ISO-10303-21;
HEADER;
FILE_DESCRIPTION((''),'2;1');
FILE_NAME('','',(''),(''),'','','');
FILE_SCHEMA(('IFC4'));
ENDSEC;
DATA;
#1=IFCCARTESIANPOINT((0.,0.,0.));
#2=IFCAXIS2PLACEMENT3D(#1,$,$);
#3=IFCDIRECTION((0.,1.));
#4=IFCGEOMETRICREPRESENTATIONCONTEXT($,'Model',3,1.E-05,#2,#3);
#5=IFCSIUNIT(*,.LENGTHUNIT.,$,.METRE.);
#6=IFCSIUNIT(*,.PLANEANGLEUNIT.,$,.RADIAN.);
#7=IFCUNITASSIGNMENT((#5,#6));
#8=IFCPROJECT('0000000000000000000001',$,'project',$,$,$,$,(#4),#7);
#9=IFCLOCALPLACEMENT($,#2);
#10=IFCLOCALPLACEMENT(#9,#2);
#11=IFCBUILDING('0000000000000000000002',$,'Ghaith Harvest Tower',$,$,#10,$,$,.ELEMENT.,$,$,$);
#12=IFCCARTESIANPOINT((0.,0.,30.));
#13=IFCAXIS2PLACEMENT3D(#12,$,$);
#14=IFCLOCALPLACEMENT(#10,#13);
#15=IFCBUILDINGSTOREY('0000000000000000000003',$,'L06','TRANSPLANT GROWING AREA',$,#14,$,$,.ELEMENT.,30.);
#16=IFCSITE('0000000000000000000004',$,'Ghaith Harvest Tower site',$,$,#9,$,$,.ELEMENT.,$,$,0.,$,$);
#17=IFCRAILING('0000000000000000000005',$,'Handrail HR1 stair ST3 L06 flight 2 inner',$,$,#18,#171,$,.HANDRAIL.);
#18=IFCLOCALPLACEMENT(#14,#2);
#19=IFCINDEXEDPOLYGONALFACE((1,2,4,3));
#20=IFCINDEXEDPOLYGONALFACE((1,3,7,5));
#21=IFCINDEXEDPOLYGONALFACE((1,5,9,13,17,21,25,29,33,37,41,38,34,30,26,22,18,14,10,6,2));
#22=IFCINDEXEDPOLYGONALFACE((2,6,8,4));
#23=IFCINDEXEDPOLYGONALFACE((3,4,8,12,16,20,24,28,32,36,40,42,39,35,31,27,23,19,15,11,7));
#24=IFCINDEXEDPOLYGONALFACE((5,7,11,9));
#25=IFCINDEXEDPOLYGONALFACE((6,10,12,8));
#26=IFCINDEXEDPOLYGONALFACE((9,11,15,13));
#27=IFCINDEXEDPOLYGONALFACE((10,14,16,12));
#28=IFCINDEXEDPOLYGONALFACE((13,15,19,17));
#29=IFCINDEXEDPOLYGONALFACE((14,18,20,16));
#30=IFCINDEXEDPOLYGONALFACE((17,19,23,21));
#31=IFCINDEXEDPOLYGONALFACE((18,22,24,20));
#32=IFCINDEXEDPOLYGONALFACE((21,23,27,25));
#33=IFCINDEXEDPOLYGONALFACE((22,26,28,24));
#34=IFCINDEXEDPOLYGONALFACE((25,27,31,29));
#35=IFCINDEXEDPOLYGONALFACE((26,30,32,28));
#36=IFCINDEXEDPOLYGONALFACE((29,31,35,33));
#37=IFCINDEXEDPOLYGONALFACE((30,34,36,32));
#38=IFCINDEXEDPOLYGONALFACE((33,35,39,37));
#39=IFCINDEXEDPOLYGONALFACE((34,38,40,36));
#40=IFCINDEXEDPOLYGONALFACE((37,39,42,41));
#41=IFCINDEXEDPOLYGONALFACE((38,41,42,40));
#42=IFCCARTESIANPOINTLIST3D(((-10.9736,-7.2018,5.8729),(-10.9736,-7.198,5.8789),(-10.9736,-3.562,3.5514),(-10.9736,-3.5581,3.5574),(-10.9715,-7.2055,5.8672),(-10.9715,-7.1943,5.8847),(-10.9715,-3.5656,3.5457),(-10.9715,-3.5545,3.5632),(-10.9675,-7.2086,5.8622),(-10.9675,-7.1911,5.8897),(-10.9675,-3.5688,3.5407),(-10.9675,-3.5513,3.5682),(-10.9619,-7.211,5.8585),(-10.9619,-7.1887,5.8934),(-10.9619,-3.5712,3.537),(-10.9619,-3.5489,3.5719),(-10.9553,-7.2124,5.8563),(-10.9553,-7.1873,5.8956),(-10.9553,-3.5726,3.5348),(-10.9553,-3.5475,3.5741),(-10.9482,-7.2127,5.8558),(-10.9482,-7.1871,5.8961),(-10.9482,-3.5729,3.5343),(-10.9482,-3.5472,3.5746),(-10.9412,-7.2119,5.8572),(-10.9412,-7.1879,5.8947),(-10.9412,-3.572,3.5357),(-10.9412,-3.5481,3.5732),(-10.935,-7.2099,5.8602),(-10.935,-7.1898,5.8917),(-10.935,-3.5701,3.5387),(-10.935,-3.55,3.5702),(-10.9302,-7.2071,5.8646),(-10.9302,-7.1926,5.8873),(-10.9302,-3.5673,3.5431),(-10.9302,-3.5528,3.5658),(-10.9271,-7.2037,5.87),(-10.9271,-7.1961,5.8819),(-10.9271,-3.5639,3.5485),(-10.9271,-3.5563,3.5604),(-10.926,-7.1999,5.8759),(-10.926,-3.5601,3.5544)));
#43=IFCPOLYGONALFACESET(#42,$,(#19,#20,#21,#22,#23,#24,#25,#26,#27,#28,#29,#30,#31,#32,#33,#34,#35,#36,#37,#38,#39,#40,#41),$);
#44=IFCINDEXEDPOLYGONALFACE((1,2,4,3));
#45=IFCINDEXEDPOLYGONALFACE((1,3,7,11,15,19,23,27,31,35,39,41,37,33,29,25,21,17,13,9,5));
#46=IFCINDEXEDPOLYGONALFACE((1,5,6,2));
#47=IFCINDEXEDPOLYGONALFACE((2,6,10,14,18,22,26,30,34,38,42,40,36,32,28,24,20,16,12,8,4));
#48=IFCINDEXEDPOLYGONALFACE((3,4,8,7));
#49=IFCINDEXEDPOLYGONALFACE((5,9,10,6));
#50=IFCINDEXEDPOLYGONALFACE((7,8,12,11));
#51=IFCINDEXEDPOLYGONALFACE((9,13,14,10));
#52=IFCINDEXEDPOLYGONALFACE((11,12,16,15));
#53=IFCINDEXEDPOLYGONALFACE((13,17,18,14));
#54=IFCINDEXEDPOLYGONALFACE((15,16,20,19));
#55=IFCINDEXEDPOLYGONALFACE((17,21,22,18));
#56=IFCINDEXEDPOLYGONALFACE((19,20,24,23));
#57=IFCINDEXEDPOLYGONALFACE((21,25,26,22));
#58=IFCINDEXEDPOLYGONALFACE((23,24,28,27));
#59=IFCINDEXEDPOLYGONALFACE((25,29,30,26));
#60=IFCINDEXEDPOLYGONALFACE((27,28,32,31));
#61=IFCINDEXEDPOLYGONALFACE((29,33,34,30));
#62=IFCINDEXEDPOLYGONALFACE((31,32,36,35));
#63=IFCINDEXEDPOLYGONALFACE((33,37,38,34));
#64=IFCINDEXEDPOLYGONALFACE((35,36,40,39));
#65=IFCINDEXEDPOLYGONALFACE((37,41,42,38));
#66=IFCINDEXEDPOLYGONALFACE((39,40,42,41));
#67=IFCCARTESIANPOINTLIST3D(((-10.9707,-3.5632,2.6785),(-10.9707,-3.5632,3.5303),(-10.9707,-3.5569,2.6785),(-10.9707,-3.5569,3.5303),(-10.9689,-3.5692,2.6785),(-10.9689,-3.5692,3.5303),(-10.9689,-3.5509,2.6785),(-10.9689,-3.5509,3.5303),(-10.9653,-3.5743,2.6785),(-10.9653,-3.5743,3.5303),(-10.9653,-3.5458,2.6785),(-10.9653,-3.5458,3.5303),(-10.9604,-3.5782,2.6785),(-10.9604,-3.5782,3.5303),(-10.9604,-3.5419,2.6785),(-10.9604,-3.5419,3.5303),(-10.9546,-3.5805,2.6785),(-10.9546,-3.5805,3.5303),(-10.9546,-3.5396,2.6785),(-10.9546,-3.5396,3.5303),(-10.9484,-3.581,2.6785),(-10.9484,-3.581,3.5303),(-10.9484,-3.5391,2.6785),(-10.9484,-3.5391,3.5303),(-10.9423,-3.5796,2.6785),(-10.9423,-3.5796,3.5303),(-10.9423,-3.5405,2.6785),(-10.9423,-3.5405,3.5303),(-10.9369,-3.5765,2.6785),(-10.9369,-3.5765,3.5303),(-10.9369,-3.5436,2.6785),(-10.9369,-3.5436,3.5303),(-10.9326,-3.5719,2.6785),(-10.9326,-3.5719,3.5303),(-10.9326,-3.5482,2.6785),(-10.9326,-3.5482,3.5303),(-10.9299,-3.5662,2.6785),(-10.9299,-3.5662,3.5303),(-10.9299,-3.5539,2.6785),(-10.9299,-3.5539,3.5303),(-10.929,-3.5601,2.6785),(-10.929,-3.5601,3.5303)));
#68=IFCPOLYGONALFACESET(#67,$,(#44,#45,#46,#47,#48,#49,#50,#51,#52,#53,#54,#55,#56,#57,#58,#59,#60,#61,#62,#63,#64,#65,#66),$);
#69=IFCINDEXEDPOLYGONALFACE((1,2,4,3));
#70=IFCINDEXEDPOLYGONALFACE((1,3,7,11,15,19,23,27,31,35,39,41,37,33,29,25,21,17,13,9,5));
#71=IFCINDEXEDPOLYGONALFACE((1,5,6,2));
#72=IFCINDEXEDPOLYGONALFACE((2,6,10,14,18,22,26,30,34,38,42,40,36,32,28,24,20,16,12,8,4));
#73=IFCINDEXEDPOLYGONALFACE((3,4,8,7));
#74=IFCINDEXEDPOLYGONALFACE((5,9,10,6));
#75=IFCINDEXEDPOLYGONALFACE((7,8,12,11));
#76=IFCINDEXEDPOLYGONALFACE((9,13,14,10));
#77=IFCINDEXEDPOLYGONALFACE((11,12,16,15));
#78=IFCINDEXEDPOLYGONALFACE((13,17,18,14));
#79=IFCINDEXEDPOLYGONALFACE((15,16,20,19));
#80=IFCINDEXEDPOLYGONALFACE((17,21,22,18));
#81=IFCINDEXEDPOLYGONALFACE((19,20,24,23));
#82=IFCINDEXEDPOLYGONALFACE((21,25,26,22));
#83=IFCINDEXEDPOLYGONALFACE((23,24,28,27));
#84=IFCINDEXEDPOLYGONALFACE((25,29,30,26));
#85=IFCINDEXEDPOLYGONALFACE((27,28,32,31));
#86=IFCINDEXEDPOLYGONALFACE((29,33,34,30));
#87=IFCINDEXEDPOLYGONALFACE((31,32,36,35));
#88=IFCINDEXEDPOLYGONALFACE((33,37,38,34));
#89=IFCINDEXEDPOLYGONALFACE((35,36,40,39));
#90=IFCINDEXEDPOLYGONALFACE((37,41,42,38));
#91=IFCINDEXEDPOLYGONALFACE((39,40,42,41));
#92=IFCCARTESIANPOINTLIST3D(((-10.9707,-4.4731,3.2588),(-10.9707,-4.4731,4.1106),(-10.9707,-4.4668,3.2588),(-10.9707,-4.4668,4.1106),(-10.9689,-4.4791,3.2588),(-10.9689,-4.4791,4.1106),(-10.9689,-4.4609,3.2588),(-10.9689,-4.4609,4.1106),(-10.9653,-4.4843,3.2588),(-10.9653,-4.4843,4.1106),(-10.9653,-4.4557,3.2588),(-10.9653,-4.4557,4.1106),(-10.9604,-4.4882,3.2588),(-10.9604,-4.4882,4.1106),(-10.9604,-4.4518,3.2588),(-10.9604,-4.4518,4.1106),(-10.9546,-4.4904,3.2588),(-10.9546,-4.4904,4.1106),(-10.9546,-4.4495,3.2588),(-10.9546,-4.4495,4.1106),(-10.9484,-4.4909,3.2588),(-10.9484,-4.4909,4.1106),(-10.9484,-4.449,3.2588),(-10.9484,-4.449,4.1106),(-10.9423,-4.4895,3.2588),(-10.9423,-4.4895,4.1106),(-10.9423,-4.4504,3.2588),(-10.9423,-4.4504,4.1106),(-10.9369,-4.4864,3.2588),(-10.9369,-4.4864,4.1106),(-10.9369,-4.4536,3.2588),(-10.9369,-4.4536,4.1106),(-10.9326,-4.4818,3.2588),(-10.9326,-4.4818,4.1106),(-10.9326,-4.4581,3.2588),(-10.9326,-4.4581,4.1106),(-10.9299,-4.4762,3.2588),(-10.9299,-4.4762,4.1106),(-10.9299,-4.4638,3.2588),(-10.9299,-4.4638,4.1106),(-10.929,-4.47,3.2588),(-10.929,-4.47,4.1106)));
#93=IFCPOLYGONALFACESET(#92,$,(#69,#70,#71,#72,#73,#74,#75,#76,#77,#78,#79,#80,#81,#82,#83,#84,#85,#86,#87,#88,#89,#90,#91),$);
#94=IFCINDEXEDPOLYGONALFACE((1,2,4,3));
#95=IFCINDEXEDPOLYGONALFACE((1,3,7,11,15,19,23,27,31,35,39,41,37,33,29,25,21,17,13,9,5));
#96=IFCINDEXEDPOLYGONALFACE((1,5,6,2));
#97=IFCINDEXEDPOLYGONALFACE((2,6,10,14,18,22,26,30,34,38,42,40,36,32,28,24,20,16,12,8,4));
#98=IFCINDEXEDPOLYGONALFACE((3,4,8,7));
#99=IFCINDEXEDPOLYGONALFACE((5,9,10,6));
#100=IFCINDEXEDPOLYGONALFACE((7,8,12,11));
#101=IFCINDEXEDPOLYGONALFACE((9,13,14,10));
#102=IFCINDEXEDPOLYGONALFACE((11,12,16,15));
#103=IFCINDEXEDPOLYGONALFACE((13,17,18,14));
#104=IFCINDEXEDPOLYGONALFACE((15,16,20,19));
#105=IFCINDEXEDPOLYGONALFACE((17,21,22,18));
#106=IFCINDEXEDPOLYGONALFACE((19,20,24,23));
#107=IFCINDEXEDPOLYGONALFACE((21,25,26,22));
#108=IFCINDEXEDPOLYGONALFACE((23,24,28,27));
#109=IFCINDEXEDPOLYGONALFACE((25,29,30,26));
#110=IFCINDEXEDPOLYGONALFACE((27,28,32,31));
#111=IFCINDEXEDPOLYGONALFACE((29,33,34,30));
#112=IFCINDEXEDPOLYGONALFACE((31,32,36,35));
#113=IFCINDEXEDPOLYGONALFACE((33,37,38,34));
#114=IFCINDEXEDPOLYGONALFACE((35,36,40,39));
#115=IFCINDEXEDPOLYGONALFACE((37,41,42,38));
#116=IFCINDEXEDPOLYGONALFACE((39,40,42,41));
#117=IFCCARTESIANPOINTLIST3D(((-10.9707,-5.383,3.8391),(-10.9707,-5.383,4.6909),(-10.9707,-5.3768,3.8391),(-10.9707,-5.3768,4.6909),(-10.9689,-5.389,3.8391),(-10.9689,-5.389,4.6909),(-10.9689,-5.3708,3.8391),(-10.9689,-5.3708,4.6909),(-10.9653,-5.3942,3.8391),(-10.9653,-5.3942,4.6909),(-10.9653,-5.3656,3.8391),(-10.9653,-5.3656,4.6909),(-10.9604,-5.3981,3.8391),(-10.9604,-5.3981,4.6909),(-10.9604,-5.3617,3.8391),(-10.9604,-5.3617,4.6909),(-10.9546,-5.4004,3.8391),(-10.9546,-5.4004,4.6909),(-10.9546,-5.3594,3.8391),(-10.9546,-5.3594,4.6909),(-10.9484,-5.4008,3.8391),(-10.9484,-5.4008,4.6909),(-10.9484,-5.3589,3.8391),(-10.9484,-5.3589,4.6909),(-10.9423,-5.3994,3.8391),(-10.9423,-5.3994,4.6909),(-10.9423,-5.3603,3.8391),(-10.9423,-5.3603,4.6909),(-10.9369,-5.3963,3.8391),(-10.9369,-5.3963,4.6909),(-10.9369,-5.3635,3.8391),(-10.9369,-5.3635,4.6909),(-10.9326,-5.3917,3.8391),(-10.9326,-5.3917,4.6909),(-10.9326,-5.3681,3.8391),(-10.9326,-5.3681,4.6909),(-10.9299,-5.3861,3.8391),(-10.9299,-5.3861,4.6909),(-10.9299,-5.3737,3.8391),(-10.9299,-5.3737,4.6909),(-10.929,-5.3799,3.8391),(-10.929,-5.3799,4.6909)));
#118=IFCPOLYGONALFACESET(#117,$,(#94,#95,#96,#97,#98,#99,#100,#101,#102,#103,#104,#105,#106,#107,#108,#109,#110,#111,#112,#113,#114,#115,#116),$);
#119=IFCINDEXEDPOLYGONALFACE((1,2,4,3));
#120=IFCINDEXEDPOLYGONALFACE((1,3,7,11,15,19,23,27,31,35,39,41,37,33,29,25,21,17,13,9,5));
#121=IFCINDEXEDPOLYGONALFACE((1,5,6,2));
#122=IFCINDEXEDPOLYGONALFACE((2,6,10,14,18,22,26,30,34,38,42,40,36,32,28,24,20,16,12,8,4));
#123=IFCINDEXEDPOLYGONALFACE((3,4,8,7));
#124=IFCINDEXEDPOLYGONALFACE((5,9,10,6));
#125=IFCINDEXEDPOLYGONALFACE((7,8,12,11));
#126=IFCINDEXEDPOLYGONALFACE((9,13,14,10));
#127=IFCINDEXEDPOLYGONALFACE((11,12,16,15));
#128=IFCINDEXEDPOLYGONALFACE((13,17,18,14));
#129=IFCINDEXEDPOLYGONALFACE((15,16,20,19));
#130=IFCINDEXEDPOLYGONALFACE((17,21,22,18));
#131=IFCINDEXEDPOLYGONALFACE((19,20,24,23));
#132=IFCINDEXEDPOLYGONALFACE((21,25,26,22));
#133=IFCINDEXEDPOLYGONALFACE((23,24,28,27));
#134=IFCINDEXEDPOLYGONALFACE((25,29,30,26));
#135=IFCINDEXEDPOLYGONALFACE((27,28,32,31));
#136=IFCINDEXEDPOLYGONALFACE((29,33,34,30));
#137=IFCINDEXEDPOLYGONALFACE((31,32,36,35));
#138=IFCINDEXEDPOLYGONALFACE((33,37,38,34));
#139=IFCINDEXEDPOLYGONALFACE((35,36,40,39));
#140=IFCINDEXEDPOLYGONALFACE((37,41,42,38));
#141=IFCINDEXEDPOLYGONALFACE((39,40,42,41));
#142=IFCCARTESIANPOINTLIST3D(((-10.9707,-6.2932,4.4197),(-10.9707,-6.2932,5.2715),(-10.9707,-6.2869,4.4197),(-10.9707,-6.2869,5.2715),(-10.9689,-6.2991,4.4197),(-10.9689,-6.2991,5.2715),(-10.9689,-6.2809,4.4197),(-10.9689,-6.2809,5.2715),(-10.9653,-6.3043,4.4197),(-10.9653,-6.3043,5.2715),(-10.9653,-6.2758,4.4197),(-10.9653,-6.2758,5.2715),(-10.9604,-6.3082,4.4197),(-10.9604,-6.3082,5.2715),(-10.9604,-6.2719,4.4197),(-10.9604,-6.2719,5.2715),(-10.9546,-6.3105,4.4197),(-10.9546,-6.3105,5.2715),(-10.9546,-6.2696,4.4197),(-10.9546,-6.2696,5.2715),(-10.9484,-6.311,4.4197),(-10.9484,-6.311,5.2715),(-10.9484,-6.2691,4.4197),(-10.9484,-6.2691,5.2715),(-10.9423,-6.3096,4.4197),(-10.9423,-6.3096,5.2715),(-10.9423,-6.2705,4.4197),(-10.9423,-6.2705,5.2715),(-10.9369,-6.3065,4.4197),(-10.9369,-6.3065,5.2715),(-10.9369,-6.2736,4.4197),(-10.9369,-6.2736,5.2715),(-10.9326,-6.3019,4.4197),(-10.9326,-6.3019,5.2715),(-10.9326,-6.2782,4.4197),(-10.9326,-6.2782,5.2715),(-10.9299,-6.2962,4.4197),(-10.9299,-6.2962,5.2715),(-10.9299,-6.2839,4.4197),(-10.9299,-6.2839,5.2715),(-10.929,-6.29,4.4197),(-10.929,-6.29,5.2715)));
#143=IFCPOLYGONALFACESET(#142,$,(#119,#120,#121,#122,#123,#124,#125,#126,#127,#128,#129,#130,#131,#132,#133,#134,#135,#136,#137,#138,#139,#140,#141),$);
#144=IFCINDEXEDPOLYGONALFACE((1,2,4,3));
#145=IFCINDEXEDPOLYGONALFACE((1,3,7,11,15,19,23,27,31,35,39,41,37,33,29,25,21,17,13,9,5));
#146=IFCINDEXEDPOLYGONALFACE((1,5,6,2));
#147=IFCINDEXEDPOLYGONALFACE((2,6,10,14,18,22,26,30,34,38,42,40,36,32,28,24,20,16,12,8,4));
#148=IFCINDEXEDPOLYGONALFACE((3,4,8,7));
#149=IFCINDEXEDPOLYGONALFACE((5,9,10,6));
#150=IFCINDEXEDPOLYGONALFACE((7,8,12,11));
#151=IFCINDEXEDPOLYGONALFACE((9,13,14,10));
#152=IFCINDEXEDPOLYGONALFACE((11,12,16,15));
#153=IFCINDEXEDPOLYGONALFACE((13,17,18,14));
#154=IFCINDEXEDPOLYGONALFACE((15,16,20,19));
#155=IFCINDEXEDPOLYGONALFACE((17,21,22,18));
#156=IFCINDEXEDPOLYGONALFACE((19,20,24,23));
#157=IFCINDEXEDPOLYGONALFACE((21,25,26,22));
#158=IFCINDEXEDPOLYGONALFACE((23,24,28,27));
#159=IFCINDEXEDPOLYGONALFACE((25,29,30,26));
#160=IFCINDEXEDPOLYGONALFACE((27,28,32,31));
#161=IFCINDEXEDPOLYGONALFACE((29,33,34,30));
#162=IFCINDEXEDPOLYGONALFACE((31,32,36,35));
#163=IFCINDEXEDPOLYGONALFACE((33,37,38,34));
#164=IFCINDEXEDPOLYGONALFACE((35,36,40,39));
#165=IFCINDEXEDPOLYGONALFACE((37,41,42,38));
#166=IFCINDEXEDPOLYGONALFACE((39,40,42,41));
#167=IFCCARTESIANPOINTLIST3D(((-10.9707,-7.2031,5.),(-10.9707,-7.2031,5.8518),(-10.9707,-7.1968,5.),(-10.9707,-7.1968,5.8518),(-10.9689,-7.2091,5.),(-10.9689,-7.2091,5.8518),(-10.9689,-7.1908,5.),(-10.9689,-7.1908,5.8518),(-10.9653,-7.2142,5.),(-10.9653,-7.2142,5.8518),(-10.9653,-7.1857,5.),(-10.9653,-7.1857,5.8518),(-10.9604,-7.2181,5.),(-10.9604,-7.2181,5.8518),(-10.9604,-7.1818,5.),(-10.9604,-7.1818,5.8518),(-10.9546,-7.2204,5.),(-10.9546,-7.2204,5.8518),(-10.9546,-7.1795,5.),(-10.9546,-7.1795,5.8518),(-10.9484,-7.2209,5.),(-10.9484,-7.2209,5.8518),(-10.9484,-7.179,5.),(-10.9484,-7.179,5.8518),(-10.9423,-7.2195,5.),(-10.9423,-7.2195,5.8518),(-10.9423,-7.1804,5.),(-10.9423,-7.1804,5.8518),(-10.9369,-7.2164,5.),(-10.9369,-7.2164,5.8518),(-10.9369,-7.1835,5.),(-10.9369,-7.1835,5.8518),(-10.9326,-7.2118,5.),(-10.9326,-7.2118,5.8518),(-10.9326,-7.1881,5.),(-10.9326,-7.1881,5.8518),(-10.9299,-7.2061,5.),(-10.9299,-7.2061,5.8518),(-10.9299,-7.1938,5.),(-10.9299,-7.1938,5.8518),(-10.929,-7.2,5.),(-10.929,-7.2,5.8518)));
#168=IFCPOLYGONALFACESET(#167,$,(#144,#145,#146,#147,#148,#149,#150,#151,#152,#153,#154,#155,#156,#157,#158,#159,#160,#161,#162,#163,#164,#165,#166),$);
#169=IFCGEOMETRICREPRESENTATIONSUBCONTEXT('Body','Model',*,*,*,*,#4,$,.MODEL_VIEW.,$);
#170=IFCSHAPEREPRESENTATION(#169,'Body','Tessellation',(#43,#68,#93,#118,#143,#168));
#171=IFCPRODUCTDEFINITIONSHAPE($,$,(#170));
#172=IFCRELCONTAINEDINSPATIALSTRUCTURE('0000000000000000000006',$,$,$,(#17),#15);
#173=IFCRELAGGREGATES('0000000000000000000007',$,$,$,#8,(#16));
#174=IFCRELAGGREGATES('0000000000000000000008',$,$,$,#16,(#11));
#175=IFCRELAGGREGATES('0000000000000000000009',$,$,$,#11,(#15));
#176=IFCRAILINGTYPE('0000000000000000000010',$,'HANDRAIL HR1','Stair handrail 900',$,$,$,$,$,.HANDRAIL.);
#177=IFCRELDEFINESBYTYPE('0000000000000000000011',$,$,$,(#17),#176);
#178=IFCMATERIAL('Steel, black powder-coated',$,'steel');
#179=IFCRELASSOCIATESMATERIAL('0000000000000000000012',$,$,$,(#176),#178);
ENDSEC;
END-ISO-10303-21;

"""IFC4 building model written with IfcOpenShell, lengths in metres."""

from ifc_helpers import new_model, si_unit, direction, frame, origin, origin_2d, place, context, subcontext, project, spatial, circle, extrude, material, type_object, element, save


model = new_model("IFC4")

# Units and contexts
model_context = context("Model", 3, precision=1e-05, world=origin(), true_north=direction((0.0, 1.0)))
body_context = subcontext(model_context, "Body", "Model", "MODEL_VIEW")
ifc_project = project(units=[si_unit("LENGTHUNIT", "METRE"), si_unit("PLANEANGLEUNIT", "RADIAN")], contexts=[model_context])

# Site, building, storey
site_placement = place(None, origin())
site = spatial("IfcSite", under=ifc_project, at=site_placement, Name="Ghaith Harvest Tower site", CompositionType="ELEMENT", RefElevation=0.0)
building_placement = place(site_placement, origin())
building = spatial("IfcBuilding", under=site, at=building_placement, Name="Ghaith Harvest Tower", CompositionType="ELEMENT")
storey_placement = place(building_placement, frame((0.0, 0.0, 30.0)))
storey = spatial("IfcBuildingStorey", under=building, at=storey_placement, Name="L06", Description="TRANSPLANT GROWING AREA", CompositionType="ELEMENT", Elevation=30.0)

# Railing
ifc_material_1 = material(Name="Steel, black powder-coated", Category="steel")
railing_type = type_object("IfcRailingType", Name="HANDRAIL HR1", Description="Stair handrail 900", PredefinedType="HANDRAIL", material=ifc_material_1)
railing_1_placement = place(storey_placement, frame((-10.95, -3.5601, 2.6785)))
element("IfcRailing", 1, at=railing_1_placement, inside=storey, type_object=railing_type, Name="Handrail HR1 stair ST3 L06 flight 2 inner", PredefinedType="HANDRAIL", context=body_context, shape_type="SweptSolid", body=[
    extrude(circle(Radius=0.0239, at=origin_2d()), frame((0.0, 0.0, 0.876), z_axis=(0.0, -0.843112, 0.537739), x_axis=(1.0, 0.0, 0.0)), (0.0, 0.0, 1.0), 4.3171),
    extrude(circle(Radius=0.021, at=origin_2d()), origin(), (0.0, 0.0, 1.0), 0.8518),
    extrude(circle(Radius=0.021, at=origin_2d()), frame((0.0, -0.9099, 0.5803)), (0.0, 0.0, 1.0), 0.8518),
    extrude(circle(Radius=0.021, at=origin_2d()), frame((0.0, -1.8198, 1.1606)), (0.0, 0.0, 1.0), 0.8518),
    extrude(circle(Radius=0.021, at=origin_2d()), frame((0.0, -2.73, 1.7412)), (0.0, 0.0, 1.0), 0.8518),
    extrude(circle(Radius=0.021, at=origin_2d()), frame((0.0, -3.6399, 2.3215)), (0.0, 0.0, 1.0), 0.8518),
])

save(model, "model.ifc")
